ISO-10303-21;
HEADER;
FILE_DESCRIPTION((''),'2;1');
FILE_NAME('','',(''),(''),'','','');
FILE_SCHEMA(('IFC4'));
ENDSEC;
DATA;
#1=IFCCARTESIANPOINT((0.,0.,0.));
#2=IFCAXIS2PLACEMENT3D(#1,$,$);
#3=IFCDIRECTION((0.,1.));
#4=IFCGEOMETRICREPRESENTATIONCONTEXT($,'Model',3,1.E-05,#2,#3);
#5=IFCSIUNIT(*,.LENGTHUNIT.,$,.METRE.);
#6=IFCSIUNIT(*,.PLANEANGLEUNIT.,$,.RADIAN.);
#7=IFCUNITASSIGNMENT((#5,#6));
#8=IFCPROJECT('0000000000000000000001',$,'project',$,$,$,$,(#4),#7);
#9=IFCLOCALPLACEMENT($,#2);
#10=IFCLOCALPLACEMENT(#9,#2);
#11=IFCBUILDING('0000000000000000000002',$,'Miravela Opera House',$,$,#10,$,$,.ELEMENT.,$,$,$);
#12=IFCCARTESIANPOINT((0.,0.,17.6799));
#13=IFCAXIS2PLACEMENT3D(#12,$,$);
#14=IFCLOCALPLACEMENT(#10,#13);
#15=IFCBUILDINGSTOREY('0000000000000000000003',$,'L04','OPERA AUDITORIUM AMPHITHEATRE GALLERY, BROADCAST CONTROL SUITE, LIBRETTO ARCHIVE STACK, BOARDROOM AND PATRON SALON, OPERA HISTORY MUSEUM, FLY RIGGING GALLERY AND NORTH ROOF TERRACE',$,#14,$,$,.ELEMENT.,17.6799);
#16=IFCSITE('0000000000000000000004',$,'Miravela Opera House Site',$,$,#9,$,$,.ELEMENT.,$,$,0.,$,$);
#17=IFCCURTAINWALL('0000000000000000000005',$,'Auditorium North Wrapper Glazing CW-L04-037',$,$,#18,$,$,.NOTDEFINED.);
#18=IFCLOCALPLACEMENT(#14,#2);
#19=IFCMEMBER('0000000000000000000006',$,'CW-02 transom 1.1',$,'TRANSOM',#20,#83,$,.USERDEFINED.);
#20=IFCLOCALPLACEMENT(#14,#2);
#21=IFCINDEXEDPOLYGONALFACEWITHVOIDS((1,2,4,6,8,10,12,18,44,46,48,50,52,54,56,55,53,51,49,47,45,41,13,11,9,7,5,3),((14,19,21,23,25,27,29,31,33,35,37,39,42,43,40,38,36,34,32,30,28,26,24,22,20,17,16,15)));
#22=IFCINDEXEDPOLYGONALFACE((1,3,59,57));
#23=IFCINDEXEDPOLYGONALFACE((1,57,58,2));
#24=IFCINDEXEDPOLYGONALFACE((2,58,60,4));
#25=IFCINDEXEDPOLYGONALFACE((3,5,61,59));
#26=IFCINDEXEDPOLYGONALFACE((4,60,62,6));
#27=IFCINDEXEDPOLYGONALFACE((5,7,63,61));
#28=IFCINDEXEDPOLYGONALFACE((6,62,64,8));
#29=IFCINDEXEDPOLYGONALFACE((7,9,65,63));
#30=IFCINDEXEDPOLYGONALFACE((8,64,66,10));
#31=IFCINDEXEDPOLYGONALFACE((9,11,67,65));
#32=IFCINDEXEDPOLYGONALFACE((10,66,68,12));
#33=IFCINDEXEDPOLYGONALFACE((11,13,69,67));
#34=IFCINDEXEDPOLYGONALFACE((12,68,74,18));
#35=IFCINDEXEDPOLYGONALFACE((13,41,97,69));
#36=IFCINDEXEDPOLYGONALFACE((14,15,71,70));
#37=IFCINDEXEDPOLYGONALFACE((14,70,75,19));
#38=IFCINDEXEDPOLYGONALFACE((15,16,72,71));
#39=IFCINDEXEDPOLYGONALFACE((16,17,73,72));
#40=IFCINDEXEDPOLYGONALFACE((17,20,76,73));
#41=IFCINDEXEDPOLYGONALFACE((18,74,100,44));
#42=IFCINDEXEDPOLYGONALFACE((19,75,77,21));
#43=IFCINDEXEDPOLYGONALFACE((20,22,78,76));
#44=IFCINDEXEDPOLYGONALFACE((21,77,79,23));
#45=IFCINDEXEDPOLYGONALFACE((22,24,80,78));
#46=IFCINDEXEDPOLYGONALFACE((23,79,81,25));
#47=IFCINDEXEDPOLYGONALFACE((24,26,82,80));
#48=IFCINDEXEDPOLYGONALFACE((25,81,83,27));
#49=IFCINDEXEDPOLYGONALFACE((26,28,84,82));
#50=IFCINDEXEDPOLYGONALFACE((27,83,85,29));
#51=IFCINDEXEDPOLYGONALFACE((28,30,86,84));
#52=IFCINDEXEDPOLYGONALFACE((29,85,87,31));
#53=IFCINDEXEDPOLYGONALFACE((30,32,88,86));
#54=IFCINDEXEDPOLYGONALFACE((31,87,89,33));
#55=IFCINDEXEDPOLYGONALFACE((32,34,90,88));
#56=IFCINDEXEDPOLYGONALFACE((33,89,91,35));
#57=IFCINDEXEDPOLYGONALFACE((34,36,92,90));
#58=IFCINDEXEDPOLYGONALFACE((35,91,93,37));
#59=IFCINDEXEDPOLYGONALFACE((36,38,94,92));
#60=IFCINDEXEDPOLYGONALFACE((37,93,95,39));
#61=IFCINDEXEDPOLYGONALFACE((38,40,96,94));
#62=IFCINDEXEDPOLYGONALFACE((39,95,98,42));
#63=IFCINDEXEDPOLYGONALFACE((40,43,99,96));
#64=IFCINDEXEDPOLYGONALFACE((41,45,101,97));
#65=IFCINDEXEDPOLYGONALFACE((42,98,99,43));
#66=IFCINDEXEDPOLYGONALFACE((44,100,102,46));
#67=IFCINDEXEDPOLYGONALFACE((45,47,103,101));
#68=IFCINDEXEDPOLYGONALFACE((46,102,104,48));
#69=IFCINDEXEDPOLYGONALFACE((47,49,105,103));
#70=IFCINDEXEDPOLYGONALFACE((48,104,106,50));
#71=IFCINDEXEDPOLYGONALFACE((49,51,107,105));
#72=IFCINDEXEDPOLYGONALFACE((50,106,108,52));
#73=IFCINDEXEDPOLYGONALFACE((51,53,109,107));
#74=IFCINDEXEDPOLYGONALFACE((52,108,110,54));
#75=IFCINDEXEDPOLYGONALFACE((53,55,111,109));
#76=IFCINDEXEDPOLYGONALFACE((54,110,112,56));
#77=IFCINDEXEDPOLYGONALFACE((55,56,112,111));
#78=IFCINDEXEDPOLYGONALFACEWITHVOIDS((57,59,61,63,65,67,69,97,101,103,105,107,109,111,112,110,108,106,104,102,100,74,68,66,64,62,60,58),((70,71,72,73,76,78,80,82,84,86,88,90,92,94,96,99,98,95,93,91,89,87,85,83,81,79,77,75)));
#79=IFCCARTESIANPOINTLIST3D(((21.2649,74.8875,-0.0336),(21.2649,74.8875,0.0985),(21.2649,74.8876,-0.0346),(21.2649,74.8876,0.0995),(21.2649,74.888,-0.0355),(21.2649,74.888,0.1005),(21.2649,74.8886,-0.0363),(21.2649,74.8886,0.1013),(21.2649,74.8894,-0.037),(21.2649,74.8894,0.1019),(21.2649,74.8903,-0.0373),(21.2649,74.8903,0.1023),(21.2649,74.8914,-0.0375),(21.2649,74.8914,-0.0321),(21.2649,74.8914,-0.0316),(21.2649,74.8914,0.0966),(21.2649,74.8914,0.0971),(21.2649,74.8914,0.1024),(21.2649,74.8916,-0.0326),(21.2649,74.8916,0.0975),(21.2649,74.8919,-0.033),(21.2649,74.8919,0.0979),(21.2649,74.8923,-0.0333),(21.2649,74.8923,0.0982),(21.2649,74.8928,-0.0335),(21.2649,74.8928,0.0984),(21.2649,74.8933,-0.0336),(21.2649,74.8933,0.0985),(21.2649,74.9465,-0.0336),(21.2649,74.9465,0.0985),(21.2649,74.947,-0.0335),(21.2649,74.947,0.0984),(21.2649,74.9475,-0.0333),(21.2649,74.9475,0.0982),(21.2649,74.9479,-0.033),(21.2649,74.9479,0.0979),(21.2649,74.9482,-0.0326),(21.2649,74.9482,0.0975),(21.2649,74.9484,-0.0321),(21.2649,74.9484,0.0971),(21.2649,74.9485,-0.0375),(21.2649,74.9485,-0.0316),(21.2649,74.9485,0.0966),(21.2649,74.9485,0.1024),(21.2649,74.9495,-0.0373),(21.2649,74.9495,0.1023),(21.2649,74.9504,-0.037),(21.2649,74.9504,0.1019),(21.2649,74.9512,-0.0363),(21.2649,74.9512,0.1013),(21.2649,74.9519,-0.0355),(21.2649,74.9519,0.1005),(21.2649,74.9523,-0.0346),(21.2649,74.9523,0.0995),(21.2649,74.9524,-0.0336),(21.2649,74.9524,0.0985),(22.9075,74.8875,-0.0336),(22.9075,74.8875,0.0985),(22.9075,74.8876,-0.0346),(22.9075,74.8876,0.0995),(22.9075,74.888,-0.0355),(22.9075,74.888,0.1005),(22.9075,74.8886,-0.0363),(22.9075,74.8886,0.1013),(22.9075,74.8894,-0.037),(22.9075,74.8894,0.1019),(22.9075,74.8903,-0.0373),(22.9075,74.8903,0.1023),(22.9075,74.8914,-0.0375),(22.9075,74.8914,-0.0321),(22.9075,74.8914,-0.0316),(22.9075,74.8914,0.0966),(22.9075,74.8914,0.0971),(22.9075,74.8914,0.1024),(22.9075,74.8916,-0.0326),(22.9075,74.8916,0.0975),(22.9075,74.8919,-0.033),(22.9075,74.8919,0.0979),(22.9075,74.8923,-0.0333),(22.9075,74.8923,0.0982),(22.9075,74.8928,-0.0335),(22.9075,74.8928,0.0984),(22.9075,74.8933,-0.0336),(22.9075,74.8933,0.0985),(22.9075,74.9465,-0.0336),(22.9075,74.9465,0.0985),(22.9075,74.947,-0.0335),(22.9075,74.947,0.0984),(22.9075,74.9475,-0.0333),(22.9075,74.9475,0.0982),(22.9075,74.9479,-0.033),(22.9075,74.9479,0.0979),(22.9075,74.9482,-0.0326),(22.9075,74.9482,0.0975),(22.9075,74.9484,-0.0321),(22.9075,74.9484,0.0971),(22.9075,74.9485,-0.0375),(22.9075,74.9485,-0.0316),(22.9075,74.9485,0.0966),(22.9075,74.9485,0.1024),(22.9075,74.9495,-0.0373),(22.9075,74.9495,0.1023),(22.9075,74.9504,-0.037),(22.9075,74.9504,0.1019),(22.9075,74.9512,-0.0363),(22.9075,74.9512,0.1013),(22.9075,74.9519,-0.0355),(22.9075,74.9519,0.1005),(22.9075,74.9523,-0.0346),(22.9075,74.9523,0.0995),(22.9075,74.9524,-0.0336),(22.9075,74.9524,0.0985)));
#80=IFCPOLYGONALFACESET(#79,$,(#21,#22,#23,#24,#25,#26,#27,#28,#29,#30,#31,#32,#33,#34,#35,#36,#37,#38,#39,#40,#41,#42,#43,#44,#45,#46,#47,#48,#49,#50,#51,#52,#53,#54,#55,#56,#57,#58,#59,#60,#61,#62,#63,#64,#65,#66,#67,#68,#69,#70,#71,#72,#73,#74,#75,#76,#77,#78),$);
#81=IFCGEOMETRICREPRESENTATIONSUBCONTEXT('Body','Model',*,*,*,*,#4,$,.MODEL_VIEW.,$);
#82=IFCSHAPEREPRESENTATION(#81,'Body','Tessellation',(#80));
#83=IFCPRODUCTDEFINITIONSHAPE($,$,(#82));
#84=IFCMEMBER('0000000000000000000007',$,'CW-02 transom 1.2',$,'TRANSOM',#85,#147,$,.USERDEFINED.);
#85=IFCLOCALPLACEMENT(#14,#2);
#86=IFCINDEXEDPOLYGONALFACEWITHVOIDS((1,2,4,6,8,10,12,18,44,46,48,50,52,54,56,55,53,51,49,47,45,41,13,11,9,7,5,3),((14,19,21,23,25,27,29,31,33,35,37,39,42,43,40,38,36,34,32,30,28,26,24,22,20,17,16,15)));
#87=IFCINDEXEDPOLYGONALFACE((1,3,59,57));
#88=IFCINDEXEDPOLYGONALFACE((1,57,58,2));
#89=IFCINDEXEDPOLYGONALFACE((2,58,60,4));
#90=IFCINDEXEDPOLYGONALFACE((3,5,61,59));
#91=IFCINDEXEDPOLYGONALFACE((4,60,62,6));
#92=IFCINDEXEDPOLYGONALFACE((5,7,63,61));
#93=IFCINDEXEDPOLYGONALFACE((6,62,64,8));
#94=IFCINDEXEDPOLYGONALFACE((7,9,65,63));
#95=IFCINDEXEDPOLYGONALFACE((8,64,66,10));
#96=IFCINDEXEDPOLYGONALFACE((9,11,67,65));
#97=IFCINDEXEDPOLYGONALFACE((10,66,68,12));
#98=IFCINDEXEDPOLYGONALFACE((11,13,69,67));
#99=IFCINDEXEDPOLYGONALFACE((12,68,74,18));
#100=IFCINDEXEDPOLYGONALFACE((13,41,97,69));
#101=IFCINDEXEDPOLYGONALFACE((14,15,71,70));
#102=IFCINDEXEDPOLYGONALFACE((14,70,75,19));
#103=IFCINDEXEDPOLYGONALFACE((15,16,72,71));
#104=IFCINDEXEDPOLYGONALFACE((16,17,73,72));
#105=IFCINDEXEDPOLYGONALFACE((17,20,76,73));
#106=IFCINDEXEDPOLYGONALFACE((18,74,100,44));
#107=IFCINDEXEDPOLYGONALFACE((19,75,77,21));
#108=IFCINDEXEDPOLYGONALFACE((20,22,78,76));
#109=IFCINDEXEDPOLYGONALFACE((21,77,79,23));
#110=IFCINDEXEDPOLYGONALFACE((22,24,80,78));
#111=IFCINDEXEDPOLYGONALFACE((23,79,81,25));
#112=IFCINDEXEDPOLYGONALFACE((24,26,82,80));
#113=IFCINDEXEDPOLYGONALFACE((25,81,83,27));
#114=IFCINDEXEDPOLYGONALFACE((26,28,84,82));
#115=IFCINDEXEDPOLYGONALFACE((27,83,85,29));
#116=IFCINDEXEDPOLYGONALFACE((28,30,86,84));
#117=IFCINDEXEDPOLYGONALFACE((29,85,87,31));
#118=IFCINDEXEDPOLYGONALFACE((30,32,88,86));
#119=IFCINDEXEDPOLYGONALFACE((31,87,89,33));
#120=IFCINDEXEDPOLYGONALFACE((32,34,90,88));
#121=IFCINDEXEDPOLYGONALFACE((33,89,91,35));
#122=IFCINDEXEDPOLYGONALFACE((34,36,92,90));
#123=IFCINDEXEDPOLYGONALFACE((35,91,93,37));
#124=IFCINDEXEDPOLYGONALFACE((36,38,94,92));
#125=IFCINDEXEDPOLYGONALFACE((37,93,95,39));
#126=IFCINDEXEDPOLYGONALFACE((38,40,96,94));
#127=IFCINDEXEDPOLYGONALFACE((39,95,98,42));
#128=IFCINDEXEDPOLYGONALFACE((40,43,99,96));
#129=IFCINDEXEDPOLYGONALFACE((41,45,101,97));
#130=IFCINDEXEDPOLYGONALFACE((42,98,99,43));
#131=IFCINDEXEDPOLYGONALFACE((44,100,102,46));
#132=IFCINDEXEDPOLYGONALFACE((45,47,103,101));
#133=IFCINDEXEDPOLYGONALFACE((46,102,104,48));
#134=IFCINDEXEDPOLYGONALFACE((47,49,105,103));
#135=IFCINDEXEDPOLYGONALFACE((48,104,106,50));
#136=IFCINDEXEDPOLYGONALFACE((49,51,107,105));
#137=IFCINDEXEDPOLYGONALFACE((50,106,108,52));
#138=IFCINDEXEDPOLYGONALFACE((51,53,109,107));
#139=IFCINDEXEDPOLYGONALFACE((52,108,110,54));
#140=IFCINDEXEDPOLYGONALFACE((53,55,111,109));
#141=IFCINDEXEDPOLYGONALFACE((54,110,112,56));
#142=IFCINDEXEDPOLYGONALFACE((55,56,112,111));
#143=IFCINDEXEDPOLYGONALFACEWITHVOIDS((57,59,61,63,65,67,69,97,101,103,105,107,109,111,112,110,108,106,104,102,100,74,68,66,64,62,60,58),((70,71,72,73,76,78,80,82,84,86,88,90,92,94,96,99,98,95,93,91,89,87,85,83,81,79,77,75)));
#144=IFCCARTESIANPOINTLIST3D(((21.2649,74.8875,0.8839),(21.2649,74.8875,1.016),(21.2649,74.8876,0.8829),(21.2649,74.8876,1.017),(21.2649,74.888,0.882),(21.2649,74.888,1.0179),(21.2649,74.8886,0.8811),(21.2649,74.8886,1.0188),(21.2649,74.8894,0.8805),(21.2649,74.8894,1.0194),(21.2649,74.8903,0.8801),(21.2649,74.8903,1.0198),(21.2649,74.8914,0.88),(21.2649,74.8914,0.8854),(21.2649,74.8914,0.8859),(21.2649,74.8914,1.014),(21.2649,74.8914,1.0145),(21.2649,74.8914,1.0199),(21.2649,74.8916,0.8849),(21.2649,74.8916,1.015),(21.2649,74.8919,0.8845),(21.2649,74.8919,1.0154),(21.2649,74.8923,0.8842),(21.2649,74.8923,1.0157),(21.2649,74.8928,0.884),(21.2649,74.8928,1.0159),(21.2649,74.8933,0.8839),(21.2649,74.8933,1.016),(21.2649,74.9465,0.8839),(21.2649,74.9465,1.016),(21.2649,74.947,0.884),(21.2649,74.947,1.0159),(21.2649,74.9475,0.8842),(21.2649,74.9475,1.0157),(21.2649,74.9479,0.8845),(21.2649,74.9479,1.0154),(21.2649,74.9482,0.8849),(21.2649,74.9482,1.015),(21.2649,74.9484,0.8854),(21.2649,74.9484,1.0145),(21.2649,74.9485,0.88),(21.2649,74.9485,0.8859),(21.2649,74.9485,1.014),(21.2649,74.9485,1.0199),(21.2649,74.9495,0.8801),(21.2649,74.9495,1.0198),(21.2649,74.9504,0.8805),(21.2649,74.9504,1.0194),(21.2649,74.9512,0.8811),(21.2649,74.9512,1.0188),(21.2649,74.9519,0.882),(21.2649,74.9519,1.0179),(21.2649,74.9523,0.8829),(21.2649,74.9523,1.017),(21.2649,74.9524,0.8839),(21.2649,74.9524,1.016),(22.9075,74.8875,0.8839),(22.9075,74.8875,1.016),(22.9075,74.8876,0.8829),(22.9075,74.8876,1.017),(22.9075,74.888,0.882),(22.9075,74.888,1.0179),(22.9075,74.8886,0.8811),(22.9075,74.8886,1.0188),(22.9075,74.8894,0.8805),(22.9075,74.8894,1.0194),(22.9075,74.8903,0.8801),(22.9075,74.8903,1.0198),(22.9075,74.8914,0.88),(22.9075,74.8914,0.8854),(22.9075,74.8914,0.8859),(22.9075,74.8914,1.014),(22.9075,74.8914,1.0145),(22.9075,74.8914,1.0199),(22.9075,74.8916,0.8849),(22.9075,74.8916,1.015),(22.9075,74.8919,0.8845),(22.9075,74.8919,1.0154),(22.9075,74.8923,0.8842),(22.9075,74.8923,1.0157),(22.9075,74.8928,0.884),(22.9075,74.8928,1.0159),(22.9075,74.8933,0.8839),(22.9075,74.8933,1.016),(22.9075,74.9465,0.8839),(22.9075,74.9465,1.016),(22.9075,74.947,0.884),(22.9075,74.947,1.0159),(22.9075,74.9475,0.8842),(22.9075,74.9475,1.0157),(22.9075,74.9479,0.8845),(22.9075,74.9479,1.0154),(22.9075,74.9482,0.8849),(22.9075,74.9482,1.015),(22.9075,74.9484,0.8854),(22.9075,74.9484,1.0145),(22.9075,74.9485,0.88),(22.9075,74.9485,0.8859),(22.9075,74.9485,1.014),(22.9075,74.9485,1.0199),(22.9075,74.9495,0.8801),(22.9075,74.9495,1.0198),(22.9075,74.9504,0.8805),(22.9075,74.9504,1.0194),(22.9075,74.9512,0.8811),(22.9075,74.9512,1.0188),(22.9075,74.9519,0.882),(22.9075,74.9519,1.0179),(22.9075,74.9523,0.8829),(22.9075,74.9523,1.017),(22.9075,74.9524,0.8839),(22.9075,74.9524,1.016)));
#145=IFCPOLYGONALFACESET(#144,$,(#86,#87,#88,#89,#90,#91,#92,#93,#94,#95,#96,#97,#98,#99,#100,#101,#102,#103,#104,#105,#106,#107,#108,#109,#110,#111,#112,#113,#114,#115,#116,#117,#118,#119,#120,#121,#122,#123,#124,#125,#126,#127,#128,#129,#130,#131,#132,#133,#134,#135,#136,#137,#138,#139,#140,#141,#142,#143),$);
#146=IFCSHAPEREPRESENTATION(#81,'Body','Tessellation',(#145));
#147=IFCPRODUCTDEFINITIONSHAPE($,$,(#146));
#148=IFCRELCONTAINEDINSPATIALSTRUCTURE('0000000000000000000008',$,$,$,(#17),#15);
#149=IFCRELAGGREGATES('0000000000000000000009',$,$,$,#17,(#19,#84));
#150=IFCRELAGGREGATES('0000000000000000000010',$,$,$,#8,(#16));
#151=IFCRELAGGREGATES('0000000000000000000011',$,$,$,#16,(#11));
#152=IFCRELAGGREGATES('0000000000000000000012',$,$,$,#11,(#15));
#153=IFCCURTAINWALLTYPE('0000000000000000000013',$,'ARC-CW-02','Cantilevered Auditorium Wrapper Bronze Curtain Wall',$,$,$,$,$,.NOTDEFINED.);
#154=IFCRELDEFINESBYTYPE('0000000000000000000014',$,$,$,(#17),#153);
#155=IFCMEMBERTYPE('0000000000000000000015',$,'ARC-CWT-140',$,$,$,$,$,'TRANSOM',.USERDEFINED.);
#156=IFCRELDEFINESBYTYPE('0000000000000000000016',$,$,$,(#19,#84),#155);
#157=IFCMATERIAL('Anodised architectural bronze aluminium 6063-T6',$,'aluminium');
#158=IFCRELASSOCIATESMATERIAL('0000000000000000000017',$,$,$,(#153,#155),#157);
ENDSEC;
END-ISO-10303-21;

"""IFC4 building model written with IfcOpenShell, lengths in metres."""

from ifc_helpers import new_model, si_unit, direction, frame, origin, origin_2d, place, context, subcontext, project, spatial, hollow_rectangle, extrude, material, material_profile, profile_set, type_object, element, aggregate, save


model = new_model("IFC4")

# Units and contexts
model_context = context("Model", 3, precision=1e-05, world=origin(), true_north=direction((0.0, 1.0)))
body_context = subcontext(model_context, "Body", "Model", "MODEL_VIEW")
ifc_project = project(units=[si_unit("LENGTHUNIT", "METRE"), si_unit("PLANEANGLEUNIT", "RADIAN")], contexts=[model_context])

# Site, building, storey
site_placement = place(None, origin())
site = spatial("IfcSite", under=ifc_project, at=site_placement, Name="Miravela Opera House Site", CompositionType="ELEMENT", RefElevation=0.0)
building_placement = place(site_placement, origin())
building = spatial("IfcBuilding", under=site, at=building_placement, Name="Miravela Opera House", CompositionType="ELEMENT")
storey_placement = place(building_placement, frame((0.0, 0.0, 17.6799)))
storey = spatial("IfcBuildingStorey", under=building, at=storey_placement, Name="L04", Description="OPERA AUDITORIUM AMPHITHEATRE GALLERY, BROADCAST CONTROL SUITE, LIBRETTO ARCHIVE STACK, BOARDROOM AND PATRON SALON, OPERA HISTORY MUSEUM, FLY RIGGING GALLERY AND NORTH ROOF TERRACE", CompositionType="ELEMENT", Elevation=17.6799)

# Shared definitions
ifc_material_1 = material(Name="Anodised architectural bronze aluminium 6063-T6", Category="aluminium")
curtain_wall_type = type_object("IfcCurtainWallType", Name="ARC-CW-02", Description="Cantilevered Auditorium Wrapper Bronze Curtain Wall", PredefinedType="NOTDEFINED", material=ifc_material_1)

# Curtain wall, members
curtain_wall_1_placement = place(storey_placement, origin())
curtain_wall_1 = element("IfcCurtainWall", 1, at=curtain_wall_1_placement, inside=storey, type_object=curtain_wall_type, Name="Auditorium North Wrapper Glazing CW-L04-037", PredefinedType="NOTDEFINED")
ifc_material_profile_1 = material_profile(ifc_material_1, hollow_rectangle(XDim=0.0649, YDim=0.1399, WallThickness=0.0039, InnerFilletRadius=0.002, OuterFilletRadius=0.0039, at=origin_2d()), Name="CWT-65X140")
ifc_profile_set_1 = profile_set([ifc_material_profile_1])
member_type_1 = type_object("IfcMemberType", Name="ARC-CWT-140", ElementType="TRANSOM", PredefinedType="USERDEFINED", material=ifc_profile_set_1)
member_1_placement = place(storey_placement, frame((21.2649, 74.9199, 0.0325), z_axis=(1.0, 0.0, 0.0), x_axis=(0.0, 1.0, 0.0)))
member_1 = element("IfcMember", 2, at=member_1_placement, type_object=member_type_1, Name="CW-02 transom 1.1", ObjectType="TRANSOM", PredefinedType="USERDEFINED", context=body_context, shape_type="SweptSolid", body=[
    extrude(hollow_rectangle(XDim=0.0649, YDim=0.1399, WallThickness=0.0039, InnerFilletRadius=0.002, OuterFilletRadius=0.0039, at=origin_2d()), origin(), (0.0, 0.0, 1.0), 1.6426),
])
member_2_placement = place(storey_placement, frame((21.2649, 74.9199, 0.95), z_axis=(1.0, 0.0, 0.0), x_axis=(0.0, 1.0, 0.0)))
member_2 = element("IfcMember", 3, at=member_2_placement, type_object=member_type_1, Name="CW-02 transom 1.2", ObjectType="TRANSOM", PredefinedType="USERDEFINED", context=body_context, shape_type="SweptSolid", body=[
    extrude(hollow_rectangle(XDim=0.0649, YDim=0.1399, WallThickness=0.0039, InnerFilletRadius=0.002, OuterFilletRadius=0.0039, at=origin_2d()), origin(), (0.0, 0.0, 1.0), 1.6426),
])

aggregate(curtain_wall_1, [member_1, member_2])

save(model, "model.ifc")
